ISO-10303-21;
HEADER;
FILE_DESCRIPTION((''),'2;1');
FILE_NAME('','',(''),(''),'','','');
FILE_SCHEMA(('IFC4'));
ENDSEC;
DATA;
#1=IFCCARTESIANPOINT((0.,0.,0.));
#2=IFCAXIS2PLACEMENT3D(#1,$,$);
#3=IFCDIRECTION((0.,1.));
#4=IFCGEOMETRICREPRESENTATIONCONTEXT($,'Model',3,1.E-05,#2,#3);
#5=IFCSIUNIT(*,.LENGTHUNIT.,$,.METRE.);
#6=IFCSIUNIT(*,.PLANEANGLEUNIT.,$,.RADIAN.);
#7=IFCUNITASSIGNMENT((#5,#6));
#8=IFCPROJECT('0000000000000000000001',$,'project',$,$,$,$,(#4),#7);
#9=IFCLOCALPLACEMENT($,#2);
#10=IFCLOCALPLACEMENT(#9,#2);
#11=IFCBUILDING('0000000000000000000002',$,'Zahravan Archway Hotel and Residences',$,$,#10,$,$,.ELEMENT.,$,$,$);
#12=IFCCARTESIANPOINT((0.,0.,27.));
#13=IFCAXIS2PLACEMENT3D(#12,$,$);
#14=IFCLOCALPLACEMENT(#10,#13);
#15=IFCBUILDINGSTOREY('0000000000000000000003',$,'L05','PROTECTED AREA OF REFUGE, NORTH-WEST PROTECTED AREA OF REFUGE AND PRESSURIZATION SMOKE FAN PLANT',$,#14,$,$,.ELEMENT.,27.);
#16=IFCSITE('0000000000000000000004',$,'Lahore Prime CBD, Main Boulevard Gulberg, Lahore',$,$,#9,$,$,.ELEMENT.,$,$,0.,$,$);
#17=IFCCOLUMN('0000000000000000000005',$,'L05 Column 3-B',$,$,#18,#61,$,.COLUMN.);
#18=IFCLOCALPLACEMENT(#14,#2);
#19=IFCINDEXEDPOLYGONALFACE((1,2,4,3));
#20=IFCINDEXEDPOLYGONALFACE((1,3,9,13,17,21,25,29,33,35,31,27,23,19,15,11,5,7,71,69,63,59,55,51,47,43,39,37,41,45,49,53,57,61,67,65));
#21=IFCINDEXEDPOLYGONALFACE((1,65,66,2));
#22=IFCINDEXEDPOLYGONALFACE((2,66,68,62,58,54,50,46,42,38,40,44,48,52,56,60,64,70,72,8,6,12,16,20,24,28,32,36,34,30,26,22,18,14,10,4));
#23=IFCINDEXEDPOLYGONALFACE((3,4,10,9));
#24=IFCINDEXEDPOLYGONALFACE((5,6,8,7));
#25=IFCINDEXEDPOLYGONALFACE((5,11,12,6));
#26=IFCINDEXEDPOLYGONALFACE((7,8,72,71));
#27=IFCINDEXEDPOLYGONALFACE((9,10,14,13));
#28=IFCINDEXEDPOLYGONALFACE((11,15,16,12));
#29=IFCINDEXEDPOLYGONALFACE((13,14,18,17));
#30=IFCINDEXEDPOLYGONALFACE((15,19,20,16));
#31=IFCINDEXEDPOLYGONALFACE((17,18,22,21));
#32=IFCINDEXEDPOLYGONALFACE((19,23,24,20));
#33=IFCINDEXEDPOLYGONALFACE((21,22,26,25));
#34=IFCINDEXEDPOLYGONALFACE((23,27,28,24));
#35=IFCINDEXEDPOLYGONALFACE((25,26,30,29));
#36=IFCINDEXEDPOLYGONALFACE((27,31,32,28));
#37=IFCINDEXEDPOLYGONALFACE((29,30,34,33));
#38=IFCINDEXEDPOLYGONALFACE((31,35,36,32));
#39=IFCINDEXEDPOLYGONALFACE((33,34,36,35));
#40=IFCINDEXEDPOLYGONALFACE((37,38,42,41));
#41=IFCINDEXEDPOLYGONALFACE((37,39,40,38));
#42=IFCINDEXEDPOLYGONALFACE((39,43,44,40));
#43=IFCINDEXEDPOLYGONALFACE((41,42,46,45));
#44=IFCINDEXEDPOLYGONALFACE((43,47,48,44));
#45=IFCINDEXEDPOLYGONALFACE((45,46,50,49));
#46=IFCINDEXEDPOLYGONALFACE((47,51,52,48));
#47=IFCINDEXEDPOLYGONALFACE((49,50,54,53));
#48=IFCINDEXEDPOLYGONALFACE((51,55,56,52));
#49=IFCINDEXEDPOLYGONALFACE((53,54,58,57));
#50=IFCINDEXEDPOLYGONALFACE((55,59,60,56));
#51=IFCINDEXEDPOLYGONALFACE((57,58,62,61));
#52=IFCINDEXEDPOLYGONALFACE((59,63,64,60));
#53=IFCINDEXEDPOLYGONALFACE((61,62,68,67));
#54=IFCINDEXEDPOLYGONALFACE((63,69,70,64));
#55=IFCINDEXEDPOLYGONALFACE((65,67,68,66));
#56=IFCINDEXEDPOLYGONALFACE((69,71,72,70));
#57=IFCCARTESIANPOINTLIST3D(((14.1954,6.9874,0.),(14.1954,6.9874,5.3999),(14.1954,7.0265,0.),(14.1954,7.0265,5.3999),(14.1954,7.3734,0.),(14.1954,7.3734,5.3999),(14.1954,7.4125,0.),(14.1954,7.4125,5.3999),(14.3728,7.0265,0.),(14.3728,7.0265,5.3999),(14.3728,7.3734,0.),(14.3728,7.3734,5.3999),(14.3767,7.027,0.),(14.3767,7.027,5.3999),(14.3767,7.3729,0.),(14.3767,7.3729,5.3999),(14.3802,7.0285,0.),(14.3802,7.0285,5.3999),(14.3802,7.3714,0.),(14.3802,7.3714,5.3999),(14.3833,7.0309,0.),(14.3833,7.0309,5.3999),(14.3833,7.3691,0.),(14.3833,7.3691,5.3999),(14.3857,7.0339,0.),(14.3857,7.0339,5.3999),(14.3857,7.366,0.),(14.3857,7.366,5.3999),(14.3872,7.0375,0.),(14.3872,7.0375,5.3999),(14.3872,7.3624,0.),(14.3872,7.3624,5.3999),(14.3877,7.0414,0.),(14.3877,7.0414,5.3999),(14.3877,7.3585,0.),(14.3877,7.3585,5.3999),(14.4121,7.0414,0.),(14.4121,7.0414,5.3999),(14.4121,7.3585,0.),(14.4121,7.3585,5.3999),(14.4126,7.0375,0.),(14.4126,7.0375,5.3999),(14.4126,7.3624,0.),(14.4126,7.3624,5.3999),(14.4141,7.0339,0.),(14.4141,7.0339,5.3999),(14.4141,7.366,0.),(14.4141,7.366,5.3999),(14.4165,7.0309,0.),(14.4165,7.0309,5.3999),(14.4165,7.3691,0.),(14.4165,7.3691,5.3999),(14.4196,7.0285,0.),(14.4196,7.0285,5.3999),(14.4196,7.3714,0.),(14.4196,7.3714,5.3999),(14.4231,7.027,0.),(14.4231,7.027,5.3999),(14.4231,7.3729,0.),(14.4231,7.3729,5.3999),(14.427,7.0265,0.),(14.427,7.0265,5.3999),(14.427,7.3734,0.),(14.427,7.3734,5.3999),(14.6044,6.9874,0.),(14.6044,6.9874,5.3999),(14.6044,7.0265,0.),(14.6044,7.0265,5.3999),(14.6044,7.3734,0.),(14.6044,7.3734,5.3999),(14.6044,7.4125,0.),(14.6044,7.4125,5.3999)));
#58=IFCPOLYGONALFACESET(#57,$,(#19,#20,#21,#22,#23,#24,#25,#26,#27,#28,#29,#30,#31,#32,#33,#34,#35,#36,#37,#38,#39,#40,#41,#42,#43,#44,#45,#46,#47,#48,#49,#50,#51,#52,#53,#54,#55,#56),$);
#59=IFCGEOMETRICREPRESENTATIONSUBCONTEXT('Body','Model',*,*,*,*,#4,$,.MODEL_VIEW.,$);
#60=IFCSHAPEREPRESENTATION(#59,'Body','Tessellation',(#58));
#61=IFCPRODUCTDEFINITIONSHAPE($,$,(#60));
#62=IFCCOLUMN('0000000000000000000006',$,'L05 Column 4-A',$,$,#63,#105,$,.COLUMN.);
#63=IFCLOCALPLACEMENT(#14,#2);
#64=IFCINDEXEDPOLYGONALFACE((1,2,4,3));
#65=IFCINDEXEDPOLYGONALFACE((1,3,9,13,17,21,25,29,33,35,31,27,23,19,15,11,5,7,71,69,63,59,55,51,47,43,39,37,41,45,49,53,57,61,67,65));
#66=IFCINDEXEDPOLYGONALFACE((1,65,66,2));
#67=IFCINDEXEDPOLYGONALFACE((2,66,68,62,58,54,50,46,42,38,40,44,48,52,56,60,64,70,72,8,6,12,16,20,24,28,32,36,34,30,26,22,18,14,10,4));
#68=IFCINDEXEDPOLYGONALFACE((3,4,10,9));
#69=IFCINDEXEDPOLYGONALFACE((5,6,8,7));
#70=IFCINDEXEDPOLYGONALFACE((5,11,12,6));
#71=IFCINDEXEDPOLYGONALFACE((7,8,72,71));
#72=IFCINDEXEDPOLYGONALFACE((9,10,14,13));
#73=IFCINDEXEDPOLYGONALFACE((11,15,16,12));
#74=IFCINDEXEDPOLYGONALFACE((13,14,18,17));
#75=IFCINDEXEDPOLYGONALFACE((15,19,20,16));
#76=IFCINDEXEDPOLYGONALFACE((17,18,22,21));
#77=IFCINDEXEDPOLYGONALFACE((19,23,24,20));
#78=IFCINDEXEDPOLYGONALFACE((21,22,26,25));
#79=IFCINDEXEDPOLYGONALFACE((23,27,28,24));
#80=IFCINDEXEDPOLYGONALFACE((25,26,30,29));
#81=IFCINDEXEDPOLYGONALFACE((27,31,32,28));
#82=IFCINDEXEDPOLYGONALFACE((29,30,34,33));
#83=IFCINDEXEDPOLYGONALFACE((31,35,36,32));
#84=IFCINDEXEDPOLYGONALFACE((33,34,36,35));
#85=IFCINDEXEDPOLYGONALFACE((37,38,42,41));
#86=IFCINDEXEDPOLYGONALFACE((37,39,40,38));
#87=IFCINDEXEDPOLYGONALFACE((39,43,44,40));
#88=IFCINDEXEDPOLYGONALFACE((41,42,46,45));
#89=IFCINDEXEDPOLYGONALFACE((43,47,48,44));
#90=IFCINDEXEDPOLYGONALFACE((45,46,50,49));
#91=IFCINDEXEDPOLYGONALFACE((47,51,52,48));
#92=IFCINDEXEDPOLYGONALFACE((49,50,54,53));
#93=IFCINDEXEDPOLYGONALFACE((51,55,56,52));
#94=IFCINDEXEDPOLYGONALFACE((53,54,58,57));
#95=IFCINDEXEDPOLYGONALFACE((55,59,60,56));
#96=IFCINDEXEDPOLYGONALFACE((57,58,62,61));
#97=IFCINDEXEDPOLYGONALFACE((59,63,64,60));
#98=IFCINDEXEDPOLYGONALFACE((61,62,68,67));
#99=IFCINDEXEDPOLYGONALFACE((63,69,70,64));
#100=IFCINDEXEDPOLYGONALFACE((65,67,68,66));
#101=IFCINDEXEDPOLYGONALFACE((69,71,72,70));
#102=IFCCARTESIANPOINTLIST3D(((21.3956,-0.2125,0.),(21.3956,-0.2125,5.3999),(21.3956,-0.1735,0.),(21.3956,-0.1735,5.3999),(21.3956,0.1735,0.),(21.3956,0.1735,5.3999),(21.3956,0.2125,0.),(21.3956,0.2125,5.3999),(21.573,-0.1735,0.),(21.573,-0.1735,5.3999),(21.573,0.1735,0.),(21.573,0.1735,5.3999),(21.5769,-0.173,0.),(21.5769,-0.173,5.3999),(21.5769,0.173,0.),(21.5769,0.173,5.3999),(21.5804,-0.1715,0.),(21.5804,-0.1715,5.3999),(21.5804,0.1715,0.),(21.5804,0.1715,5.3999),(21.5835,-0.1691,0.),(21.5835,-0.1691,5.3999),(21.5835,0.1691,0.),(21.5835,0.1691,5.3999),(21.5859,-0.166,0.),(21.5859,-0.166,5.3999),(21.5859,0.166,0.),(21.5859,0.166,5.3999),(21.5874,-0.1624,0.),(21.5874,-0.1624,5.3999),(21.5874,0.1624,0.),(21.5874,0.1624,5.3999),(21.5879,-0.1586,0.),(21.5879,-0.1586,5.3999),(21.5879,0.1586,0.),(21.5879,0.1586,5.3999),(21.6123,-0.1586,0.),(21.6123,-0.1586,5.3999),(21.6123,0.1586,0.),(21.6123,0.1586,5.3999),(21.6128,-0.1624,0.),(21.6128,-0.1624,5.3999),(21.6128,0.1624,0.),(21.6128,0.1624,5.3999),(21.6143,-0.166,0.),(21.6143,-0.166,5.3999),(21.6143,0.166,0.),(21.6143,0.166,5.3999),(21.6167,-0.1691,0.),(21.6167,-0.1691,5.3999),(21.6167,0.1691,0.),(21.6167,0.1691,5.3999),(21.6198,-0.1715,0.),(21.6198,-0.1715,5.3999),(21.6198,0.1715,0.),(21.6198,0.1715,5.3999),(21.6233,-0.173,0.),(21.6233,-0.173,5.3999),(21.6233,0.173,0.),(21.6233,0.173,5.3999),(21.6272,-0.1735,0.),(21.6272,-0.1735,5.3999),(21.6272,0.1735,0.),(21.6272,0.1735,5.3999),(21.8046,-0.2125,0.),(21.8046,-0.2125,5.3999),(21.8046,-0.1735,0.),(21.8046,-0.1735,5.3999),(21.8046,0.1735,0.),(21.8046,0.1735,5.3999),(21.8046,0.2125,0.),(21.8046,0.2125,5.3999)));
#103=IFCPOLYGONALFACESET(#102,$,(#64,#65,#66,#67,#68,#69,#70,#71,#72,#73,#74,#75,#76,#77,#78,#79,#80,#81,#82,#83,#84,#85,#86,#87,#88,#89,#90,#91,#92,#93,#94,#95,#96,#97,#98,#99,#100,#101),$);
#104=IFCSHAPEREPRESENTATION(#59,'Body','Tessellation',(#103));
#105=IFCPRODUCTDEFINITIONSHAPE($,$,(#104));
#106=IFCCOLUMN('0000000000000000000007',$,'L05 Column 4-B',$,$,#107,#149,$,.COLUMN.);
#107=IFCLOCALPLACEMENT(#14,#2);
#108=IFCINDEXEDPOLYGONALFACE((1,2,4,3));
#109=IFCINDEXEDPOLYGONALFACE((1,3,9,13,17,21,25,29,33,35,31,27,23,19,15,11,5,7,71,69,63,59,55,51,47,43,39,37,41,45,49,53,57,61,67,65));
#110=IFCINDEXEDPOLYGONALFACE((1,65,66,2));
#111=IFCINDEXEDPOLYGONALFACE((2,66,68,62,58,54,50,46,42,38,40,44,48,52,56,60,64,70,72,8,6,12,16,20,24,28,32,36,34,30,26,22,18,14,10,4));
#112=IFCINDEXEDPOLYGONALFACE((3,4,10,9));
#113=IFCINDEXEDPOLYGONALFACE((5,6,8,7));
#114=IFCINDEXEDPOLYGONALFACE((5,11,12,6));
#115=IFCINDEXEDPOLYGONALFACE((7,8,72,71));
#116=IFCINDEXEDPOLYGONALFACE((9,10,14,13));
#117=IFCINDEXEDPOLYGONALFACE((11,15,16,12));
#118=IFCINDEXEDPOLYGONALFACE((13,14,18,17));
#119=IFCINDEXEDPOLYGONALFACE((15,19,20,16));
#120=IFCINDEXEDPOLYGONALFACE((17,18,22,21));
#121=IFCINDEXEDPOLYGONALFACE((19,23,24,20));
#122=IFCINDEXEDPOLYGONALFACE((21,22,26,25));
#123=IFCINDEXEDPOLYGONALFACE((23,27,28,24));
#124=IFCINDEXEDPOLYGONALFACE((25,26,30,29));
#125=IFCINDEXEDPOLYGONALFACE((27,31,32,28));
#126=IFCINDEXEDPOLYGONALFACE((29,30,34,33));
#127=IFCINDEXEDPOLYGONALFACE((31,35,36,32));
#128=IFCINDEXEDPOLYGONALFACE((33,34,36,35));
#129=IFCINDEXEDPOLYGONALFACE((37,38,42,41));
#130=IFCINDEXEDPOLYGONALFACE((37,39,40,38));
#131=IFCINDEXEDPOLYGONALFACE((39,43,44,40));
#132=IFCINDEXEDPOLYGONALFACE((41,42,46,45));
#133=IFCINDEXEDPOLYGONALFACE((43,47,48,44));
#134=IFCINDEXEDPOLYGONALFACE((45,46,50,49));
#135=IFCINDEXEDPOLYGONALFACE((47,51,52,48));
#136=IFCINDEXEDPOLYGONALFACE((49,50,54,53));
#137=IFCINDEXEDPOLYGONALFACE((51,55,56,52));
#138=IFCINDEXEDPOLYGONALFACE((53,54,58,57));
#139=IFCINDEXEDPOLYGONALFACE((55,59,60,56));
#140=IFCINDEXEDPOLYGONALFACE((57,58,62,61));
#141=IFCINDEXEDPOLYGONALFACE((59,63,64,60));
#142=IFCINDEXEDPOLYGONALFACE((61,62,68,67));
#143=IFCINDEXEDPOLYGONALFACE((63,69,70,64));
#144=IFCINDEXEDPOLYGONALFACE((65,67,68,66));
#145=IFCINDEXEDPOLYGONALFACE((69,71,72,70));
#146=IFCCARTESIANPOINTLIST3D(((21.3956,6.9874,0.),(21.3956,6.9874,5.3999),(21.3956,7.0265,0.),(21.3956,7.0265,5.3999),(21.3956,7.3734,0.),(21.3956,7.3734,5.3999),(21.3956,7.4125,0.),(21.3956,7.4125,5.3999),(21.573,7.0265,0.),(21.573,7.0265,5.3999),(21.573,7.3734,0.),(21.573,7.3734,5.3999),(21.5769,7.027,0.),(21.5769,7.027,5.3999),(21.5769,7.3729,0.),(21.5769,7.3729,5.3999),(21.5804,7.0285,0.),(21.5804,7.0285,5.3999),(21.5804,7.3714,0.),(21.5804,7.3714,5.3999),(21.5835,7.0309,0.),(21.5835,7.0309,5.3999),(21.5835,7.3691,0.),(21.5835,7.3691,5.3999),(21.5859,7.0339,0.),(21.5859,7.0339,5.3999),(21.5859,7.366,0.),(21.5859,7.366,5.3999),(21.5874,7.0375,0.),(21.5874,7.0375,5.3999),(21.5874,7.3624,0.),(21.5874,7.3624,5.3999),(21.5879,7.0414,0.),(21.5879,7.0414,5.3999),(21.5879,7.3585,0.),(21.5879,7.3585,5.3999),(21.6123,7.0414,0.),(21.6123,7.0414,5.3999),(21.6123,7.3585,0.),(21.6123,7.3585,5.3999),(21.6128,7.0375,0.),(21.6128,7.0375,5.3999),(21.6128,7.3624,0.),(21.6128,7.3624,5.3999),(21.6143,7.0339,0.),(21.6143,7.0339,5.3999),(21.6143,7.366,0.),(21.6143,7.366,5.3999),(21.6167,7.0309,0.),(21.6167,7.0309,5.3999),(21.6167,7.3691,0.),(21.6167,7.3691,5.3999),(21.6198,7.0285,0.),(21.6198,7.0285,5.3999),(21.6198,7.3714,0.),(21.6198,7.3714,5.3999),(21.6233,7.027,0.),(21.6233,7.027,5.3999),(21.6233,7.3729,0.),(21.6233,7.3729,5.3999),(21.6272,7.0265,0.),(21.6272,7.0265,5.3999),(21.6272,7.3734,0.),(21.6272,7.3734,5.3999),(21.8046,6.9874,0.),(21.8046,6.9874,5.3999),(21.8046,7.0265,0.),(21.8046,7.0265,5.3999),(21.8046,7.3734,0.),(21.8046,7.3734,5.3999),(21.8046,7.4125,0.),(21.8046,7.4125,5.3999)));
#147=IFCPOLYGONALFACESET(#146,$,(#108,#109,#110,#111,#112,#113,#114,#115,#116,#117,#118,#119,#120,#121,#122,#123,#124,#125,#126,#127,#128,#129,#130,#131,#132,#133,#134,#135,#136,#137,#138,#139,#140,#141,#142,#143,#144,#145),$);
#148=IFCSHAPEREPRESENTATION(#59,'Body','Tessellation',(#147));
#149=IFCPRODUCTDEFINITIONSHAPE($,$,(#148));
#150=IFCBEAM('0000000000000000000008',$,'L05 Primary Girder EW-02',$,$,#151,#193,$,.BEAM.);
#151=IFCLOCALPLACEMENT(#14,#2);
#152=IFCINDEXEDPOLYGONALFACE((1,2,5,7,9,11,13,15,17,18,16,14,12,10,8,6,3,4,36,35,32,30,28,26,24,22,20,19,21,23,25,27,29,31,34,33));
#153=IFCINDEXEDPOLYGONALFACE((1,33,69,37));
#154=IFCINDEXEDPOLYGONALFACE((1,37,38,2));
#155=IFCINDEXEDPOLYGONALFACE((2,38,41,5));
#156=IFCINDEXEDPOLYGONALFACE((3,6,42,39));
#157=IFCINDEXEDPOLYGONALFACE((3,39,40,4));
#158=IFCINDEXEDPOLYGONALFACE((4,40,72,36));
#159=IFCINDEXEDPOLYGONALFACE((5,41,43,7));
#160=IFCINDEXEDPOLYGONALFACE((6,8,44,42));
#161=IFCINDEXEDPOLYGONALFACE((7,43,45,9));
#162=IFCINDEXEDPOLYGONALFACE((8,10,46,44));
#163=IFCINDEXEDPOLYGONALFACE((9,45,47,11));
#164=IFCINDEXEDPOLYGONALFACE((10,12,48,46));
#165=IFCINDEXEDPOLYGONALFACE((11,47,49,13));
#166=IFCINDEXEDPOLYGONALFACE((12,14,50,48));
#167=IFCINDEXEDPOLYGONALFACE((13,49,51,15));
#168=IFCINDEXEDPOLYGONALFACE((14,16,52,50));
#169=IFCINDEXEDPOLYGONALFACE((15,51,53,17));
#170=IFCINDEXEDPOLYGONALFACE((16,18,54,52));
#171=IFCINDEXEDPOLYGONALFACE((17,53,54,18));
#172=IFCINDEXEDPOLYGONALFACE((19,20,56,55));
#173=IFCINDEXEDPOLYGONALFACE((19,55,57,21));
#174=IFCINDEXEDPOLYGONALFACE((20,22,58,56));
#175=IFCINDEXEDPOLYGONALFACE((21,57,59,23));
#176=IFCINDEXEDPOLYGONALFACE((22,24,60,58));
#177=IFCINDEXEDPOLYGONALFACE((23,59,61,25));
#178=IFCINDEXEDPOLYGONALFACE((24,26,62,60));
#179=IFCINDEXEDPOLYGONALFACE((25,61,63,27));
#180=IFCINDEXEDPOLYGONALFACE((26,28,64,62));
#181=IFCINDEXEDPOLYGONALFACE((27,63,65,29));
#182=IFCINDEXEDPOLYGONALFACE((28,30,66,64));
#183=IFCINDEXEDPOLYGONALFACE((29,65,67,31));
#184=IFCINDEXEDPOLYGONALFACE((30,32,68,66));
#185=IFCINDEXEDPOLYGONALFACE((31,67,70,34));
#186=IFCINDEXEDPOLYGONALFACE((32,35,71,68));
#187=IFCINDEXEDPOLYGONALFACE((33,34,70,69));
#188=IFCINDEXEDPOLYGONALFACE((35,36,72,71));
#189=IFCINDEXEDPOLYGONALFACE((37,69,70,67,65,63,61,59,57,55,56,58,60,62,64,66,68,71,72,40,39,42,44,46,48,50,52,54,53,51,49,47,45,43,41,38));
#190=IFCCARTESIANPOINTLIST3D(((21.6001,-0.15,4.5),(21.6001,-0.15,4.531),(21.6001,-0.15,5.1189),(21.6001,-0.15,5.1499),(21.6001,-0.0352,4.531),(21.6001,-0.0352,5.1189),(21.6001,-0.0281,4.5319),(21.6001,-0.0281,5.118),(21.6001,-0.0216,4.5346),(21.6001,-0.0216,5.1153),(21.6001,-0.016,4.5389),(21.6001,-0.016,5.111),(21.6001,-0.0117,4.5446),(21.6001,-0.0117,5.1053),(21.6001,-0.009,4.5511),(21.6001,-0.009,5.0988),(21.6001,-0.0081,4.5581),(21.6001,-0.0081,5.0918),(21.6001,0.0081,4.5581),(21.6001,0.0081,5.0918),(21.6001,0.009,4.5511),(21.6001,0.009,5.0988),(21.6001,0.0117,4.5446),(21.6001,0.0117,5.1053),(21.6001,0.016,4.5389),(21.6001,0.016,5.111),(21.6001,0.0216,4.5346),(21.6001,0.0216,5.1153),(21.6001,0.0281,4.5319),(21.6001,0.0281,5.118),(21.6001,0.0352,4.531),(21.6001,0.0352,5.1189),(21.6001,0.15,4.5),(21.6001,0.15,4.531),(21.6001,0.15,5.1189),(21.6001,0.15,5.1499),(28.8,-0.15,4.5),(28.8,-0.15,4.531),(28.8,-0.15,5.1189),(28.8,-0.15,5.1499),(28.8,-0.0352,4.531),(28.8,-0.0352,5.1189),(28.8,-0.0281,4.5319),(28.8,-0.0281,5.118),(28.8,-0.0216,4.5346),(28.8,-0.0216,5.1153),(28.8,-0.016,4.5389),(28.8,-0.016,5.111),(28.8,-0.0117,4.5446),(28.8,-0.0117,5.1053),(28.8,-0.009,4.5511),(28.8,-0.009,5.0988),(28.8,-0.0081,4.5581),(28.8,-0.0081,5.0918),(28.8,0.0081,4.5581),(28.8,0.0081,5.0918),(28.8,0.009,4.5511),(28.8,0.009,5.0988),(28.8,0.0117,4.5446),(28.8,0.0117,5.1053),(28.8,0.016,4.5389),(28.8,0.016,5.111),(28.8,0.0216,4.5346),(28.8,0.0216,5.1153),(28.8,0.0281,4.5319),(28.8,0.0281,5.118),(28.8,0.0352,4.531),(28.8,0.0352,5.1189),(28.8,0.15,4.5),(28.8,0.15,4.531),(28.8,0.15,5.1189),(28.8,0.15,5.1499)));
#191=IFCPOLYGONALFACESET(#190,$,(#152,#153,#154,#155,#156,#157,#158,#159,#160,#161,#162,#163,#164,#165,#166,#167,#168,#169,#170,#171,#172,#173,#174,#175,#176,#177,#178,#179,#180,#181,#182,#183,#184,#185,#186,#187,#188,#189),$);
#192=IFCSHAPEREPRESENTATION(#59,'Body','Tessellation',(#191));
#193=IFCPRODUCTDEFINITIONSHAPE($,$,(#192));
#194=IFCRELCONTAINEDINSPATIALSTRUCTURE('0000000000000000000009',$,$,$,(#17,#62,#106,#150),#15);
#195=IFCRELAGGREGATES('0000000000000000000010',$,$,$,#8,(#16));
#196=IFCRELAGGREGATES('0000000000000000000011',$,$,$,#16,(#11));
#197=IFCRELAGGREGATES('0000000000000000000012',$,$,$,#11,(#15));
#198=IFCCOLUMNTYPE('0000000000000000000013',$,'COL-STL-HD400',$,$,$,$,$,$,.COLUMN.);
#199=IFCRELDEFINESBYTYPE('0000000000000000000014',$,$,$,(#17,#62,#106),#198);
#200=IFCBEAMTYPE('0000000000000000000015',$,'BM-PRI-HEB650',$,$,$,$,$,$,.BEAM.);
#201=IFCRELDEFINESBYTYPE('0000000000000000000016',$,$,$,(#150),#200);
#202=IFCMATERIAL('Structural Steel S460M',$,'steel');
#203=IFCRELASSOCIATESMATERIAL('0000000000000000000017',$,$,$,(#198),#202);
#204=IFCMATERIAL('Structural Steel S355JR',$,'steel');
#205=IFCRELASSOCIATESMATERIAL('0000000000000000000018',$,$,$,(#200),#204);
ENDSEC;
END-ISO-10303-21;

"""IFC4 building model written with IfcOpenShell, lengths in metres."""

from ifc_helpers import new_model, si_unit, direction, frame, origin, origin_2d, place, context, subcontext, project, spatial, i_section, extrude, source, transform, mapped, material, material_profile, profile_set, type_object, type_shapes, element, save


model = new_model("IFC4")

# Units and contexts
model_context = context("Model", 3, precision=1e-05, world=origin(), true_north=direction((0.0, 1.0)))
body_context = subcontext(model_context, "Body", "Model", "MODEL_VIEW")
ifc_project = project(units=[si_unit("LENGTHUNIT", "METRE"), si_unit("PLANEANGLEUNIT", "RADIAN")], contexts=[model_context])

# Site, building, storey
site_placement = place(None, origin())
site = spatial("IfcSite", under=ifc_project, at=site_placement, Name="Lahore Prime CBD, Main Boulevard Gulberg, Lahore", CompositionType="ELEMENT", RefElevation=0.0)
building_placement = place(site_placement, origin())
building = spatial("IfcBuilding", under=site, at=building_placement, Name="Zahravan Archway Hotel and Residences", CompositionType="ELEMENT")
storey_placement = place(building_placement, frame((0.0, 0.0, 27.0)))
storey = spatial("IfcBuildingStorey", under=building, at=storey_placement, Name="L05", Description="PROTECTED AREA OF REFUGE, NORTH-WEST PROTECTED AREA OF REFUGE AND PRESSURIZATION SMOKE FAN PLANT", CompositionType="ELEMENT", Elevation=27.0)

# Columns
ifc_material_1 = material(Name="Structural Steel S460M", Category="steel")
ifc_material_profile_1 = material_profile(ifc_material_1, i_section(OverallWidth=0.4089, OverallDepth=0.425, WebThickness=0.0244, FlangeThickness=0.0391, FilletRadius=0.0149, at=origin_2d()), Name="HD 400x421", Category="steel")
ifc_profile_set_1 = profile_set([ifc_material_profile_1], Name="Structural Steel S460M")
column_type = type_object("IfcColumnType", Name="COL-STL-HD400", PredefinedType="COLUMN", material=ifc_profile_set_1)
shared_shape_1 = source(origin(), body_context, "Body", "SweptSolid", [
    extrude(i_section(OverallWidth=0.4089, OverallDepth=0.425, WebThickness=0.0244, FlangeThickness=0.0391, FilletRadius=0.0149, at=origin_2d()), origin(), (0.0, 0.0, 1.0), 5.3999),
])
type_shapes(column_type, [shared_shape_1])
for number, where, z_axis, x_axis, name in (
    (1, (14.3999, 7.2, 0.0), (0.0, 0.0, 1.0), (1.0, 0.0, 0.0), "L05 Column 3-B"),
    (2, (21.6001, 0.0, 0.0), (0.0, 0.0, 1.0), (1.0, 0.0, 0.0), "L05 Column 4-A"),
    (3, (21.6001, 7.2, 0.0), (0.0, 0.0, 1.0), (1.0, 0.0, 0.0), "L05 Column 4-B"),
):
    element("IfcColumn", number, at=place(storey_placement, frame(where, z_axis=z_axis, x_axis=x_axis)), inside=storey, type_object=column_type, Name=name, PredefinedType="COLUMN", context=body_context, shape_type="MappedRepresentation", body=[
        mapped(shared_shape_1, transform((0.0, 0.0, 0.0), scale=1.0)),
    ])

# Beam
ifc_material_2 = material(Name="Structural Steel S355JR", Category="steel")
ifc_material_profile_2 = material_profile(ifc_material_2, i_section(OverallWidth=0.3, OverallDepth=0.6499, WebThickness=0.0161, FlangeThickness=0.031, FilletRadius=0.0271, at=origin_2d()), Name="HEB 650", Category="steel")
ifc_profile_set_2 = profile_set([ifc_material_profile_2], Name="Structural Steel S355JR")
beam_type_1 = type_object("IfcBeamType", Name="BM-PRI-HEB650", PredefinedType="BEAM", material=ifc_profile_set_2)
shared_shape_2 = source(origin(), body_context, "Body", "SweptSolid", [
    extrude(i_section(OverallWidth=0.3, OverallDepth=0.6499, WebThickness=0.0161, FlangeThickness=0.031, FilletRadius=0.0271, at=origin_2d()), origin(), (0.0, 0.0, 1.0), 7.2),
])
for number, where, z_axis, x_axis, name in (
    (4, (21.6001, 0.0, 4.825), (1.0, 0.0, 0.0), (0.0, 1.0, 0.0), "L05 Primary Girder EW-02"),
):
    element("IfcBeam", number, at=place(storey_placement, frame(where, z_axis=z_axis, x_axis=x_axis)), inside=storey, type_object=beam_type_1, Name=name, PredefinedType="BEAM", context=body_context, shape_type="MappedRepresentation", body=[
        mapped(shared_shape_2, transform((0.0, 0.0, 0.0), scale=1.0)),
    ])

save(model, "model.ifc")
